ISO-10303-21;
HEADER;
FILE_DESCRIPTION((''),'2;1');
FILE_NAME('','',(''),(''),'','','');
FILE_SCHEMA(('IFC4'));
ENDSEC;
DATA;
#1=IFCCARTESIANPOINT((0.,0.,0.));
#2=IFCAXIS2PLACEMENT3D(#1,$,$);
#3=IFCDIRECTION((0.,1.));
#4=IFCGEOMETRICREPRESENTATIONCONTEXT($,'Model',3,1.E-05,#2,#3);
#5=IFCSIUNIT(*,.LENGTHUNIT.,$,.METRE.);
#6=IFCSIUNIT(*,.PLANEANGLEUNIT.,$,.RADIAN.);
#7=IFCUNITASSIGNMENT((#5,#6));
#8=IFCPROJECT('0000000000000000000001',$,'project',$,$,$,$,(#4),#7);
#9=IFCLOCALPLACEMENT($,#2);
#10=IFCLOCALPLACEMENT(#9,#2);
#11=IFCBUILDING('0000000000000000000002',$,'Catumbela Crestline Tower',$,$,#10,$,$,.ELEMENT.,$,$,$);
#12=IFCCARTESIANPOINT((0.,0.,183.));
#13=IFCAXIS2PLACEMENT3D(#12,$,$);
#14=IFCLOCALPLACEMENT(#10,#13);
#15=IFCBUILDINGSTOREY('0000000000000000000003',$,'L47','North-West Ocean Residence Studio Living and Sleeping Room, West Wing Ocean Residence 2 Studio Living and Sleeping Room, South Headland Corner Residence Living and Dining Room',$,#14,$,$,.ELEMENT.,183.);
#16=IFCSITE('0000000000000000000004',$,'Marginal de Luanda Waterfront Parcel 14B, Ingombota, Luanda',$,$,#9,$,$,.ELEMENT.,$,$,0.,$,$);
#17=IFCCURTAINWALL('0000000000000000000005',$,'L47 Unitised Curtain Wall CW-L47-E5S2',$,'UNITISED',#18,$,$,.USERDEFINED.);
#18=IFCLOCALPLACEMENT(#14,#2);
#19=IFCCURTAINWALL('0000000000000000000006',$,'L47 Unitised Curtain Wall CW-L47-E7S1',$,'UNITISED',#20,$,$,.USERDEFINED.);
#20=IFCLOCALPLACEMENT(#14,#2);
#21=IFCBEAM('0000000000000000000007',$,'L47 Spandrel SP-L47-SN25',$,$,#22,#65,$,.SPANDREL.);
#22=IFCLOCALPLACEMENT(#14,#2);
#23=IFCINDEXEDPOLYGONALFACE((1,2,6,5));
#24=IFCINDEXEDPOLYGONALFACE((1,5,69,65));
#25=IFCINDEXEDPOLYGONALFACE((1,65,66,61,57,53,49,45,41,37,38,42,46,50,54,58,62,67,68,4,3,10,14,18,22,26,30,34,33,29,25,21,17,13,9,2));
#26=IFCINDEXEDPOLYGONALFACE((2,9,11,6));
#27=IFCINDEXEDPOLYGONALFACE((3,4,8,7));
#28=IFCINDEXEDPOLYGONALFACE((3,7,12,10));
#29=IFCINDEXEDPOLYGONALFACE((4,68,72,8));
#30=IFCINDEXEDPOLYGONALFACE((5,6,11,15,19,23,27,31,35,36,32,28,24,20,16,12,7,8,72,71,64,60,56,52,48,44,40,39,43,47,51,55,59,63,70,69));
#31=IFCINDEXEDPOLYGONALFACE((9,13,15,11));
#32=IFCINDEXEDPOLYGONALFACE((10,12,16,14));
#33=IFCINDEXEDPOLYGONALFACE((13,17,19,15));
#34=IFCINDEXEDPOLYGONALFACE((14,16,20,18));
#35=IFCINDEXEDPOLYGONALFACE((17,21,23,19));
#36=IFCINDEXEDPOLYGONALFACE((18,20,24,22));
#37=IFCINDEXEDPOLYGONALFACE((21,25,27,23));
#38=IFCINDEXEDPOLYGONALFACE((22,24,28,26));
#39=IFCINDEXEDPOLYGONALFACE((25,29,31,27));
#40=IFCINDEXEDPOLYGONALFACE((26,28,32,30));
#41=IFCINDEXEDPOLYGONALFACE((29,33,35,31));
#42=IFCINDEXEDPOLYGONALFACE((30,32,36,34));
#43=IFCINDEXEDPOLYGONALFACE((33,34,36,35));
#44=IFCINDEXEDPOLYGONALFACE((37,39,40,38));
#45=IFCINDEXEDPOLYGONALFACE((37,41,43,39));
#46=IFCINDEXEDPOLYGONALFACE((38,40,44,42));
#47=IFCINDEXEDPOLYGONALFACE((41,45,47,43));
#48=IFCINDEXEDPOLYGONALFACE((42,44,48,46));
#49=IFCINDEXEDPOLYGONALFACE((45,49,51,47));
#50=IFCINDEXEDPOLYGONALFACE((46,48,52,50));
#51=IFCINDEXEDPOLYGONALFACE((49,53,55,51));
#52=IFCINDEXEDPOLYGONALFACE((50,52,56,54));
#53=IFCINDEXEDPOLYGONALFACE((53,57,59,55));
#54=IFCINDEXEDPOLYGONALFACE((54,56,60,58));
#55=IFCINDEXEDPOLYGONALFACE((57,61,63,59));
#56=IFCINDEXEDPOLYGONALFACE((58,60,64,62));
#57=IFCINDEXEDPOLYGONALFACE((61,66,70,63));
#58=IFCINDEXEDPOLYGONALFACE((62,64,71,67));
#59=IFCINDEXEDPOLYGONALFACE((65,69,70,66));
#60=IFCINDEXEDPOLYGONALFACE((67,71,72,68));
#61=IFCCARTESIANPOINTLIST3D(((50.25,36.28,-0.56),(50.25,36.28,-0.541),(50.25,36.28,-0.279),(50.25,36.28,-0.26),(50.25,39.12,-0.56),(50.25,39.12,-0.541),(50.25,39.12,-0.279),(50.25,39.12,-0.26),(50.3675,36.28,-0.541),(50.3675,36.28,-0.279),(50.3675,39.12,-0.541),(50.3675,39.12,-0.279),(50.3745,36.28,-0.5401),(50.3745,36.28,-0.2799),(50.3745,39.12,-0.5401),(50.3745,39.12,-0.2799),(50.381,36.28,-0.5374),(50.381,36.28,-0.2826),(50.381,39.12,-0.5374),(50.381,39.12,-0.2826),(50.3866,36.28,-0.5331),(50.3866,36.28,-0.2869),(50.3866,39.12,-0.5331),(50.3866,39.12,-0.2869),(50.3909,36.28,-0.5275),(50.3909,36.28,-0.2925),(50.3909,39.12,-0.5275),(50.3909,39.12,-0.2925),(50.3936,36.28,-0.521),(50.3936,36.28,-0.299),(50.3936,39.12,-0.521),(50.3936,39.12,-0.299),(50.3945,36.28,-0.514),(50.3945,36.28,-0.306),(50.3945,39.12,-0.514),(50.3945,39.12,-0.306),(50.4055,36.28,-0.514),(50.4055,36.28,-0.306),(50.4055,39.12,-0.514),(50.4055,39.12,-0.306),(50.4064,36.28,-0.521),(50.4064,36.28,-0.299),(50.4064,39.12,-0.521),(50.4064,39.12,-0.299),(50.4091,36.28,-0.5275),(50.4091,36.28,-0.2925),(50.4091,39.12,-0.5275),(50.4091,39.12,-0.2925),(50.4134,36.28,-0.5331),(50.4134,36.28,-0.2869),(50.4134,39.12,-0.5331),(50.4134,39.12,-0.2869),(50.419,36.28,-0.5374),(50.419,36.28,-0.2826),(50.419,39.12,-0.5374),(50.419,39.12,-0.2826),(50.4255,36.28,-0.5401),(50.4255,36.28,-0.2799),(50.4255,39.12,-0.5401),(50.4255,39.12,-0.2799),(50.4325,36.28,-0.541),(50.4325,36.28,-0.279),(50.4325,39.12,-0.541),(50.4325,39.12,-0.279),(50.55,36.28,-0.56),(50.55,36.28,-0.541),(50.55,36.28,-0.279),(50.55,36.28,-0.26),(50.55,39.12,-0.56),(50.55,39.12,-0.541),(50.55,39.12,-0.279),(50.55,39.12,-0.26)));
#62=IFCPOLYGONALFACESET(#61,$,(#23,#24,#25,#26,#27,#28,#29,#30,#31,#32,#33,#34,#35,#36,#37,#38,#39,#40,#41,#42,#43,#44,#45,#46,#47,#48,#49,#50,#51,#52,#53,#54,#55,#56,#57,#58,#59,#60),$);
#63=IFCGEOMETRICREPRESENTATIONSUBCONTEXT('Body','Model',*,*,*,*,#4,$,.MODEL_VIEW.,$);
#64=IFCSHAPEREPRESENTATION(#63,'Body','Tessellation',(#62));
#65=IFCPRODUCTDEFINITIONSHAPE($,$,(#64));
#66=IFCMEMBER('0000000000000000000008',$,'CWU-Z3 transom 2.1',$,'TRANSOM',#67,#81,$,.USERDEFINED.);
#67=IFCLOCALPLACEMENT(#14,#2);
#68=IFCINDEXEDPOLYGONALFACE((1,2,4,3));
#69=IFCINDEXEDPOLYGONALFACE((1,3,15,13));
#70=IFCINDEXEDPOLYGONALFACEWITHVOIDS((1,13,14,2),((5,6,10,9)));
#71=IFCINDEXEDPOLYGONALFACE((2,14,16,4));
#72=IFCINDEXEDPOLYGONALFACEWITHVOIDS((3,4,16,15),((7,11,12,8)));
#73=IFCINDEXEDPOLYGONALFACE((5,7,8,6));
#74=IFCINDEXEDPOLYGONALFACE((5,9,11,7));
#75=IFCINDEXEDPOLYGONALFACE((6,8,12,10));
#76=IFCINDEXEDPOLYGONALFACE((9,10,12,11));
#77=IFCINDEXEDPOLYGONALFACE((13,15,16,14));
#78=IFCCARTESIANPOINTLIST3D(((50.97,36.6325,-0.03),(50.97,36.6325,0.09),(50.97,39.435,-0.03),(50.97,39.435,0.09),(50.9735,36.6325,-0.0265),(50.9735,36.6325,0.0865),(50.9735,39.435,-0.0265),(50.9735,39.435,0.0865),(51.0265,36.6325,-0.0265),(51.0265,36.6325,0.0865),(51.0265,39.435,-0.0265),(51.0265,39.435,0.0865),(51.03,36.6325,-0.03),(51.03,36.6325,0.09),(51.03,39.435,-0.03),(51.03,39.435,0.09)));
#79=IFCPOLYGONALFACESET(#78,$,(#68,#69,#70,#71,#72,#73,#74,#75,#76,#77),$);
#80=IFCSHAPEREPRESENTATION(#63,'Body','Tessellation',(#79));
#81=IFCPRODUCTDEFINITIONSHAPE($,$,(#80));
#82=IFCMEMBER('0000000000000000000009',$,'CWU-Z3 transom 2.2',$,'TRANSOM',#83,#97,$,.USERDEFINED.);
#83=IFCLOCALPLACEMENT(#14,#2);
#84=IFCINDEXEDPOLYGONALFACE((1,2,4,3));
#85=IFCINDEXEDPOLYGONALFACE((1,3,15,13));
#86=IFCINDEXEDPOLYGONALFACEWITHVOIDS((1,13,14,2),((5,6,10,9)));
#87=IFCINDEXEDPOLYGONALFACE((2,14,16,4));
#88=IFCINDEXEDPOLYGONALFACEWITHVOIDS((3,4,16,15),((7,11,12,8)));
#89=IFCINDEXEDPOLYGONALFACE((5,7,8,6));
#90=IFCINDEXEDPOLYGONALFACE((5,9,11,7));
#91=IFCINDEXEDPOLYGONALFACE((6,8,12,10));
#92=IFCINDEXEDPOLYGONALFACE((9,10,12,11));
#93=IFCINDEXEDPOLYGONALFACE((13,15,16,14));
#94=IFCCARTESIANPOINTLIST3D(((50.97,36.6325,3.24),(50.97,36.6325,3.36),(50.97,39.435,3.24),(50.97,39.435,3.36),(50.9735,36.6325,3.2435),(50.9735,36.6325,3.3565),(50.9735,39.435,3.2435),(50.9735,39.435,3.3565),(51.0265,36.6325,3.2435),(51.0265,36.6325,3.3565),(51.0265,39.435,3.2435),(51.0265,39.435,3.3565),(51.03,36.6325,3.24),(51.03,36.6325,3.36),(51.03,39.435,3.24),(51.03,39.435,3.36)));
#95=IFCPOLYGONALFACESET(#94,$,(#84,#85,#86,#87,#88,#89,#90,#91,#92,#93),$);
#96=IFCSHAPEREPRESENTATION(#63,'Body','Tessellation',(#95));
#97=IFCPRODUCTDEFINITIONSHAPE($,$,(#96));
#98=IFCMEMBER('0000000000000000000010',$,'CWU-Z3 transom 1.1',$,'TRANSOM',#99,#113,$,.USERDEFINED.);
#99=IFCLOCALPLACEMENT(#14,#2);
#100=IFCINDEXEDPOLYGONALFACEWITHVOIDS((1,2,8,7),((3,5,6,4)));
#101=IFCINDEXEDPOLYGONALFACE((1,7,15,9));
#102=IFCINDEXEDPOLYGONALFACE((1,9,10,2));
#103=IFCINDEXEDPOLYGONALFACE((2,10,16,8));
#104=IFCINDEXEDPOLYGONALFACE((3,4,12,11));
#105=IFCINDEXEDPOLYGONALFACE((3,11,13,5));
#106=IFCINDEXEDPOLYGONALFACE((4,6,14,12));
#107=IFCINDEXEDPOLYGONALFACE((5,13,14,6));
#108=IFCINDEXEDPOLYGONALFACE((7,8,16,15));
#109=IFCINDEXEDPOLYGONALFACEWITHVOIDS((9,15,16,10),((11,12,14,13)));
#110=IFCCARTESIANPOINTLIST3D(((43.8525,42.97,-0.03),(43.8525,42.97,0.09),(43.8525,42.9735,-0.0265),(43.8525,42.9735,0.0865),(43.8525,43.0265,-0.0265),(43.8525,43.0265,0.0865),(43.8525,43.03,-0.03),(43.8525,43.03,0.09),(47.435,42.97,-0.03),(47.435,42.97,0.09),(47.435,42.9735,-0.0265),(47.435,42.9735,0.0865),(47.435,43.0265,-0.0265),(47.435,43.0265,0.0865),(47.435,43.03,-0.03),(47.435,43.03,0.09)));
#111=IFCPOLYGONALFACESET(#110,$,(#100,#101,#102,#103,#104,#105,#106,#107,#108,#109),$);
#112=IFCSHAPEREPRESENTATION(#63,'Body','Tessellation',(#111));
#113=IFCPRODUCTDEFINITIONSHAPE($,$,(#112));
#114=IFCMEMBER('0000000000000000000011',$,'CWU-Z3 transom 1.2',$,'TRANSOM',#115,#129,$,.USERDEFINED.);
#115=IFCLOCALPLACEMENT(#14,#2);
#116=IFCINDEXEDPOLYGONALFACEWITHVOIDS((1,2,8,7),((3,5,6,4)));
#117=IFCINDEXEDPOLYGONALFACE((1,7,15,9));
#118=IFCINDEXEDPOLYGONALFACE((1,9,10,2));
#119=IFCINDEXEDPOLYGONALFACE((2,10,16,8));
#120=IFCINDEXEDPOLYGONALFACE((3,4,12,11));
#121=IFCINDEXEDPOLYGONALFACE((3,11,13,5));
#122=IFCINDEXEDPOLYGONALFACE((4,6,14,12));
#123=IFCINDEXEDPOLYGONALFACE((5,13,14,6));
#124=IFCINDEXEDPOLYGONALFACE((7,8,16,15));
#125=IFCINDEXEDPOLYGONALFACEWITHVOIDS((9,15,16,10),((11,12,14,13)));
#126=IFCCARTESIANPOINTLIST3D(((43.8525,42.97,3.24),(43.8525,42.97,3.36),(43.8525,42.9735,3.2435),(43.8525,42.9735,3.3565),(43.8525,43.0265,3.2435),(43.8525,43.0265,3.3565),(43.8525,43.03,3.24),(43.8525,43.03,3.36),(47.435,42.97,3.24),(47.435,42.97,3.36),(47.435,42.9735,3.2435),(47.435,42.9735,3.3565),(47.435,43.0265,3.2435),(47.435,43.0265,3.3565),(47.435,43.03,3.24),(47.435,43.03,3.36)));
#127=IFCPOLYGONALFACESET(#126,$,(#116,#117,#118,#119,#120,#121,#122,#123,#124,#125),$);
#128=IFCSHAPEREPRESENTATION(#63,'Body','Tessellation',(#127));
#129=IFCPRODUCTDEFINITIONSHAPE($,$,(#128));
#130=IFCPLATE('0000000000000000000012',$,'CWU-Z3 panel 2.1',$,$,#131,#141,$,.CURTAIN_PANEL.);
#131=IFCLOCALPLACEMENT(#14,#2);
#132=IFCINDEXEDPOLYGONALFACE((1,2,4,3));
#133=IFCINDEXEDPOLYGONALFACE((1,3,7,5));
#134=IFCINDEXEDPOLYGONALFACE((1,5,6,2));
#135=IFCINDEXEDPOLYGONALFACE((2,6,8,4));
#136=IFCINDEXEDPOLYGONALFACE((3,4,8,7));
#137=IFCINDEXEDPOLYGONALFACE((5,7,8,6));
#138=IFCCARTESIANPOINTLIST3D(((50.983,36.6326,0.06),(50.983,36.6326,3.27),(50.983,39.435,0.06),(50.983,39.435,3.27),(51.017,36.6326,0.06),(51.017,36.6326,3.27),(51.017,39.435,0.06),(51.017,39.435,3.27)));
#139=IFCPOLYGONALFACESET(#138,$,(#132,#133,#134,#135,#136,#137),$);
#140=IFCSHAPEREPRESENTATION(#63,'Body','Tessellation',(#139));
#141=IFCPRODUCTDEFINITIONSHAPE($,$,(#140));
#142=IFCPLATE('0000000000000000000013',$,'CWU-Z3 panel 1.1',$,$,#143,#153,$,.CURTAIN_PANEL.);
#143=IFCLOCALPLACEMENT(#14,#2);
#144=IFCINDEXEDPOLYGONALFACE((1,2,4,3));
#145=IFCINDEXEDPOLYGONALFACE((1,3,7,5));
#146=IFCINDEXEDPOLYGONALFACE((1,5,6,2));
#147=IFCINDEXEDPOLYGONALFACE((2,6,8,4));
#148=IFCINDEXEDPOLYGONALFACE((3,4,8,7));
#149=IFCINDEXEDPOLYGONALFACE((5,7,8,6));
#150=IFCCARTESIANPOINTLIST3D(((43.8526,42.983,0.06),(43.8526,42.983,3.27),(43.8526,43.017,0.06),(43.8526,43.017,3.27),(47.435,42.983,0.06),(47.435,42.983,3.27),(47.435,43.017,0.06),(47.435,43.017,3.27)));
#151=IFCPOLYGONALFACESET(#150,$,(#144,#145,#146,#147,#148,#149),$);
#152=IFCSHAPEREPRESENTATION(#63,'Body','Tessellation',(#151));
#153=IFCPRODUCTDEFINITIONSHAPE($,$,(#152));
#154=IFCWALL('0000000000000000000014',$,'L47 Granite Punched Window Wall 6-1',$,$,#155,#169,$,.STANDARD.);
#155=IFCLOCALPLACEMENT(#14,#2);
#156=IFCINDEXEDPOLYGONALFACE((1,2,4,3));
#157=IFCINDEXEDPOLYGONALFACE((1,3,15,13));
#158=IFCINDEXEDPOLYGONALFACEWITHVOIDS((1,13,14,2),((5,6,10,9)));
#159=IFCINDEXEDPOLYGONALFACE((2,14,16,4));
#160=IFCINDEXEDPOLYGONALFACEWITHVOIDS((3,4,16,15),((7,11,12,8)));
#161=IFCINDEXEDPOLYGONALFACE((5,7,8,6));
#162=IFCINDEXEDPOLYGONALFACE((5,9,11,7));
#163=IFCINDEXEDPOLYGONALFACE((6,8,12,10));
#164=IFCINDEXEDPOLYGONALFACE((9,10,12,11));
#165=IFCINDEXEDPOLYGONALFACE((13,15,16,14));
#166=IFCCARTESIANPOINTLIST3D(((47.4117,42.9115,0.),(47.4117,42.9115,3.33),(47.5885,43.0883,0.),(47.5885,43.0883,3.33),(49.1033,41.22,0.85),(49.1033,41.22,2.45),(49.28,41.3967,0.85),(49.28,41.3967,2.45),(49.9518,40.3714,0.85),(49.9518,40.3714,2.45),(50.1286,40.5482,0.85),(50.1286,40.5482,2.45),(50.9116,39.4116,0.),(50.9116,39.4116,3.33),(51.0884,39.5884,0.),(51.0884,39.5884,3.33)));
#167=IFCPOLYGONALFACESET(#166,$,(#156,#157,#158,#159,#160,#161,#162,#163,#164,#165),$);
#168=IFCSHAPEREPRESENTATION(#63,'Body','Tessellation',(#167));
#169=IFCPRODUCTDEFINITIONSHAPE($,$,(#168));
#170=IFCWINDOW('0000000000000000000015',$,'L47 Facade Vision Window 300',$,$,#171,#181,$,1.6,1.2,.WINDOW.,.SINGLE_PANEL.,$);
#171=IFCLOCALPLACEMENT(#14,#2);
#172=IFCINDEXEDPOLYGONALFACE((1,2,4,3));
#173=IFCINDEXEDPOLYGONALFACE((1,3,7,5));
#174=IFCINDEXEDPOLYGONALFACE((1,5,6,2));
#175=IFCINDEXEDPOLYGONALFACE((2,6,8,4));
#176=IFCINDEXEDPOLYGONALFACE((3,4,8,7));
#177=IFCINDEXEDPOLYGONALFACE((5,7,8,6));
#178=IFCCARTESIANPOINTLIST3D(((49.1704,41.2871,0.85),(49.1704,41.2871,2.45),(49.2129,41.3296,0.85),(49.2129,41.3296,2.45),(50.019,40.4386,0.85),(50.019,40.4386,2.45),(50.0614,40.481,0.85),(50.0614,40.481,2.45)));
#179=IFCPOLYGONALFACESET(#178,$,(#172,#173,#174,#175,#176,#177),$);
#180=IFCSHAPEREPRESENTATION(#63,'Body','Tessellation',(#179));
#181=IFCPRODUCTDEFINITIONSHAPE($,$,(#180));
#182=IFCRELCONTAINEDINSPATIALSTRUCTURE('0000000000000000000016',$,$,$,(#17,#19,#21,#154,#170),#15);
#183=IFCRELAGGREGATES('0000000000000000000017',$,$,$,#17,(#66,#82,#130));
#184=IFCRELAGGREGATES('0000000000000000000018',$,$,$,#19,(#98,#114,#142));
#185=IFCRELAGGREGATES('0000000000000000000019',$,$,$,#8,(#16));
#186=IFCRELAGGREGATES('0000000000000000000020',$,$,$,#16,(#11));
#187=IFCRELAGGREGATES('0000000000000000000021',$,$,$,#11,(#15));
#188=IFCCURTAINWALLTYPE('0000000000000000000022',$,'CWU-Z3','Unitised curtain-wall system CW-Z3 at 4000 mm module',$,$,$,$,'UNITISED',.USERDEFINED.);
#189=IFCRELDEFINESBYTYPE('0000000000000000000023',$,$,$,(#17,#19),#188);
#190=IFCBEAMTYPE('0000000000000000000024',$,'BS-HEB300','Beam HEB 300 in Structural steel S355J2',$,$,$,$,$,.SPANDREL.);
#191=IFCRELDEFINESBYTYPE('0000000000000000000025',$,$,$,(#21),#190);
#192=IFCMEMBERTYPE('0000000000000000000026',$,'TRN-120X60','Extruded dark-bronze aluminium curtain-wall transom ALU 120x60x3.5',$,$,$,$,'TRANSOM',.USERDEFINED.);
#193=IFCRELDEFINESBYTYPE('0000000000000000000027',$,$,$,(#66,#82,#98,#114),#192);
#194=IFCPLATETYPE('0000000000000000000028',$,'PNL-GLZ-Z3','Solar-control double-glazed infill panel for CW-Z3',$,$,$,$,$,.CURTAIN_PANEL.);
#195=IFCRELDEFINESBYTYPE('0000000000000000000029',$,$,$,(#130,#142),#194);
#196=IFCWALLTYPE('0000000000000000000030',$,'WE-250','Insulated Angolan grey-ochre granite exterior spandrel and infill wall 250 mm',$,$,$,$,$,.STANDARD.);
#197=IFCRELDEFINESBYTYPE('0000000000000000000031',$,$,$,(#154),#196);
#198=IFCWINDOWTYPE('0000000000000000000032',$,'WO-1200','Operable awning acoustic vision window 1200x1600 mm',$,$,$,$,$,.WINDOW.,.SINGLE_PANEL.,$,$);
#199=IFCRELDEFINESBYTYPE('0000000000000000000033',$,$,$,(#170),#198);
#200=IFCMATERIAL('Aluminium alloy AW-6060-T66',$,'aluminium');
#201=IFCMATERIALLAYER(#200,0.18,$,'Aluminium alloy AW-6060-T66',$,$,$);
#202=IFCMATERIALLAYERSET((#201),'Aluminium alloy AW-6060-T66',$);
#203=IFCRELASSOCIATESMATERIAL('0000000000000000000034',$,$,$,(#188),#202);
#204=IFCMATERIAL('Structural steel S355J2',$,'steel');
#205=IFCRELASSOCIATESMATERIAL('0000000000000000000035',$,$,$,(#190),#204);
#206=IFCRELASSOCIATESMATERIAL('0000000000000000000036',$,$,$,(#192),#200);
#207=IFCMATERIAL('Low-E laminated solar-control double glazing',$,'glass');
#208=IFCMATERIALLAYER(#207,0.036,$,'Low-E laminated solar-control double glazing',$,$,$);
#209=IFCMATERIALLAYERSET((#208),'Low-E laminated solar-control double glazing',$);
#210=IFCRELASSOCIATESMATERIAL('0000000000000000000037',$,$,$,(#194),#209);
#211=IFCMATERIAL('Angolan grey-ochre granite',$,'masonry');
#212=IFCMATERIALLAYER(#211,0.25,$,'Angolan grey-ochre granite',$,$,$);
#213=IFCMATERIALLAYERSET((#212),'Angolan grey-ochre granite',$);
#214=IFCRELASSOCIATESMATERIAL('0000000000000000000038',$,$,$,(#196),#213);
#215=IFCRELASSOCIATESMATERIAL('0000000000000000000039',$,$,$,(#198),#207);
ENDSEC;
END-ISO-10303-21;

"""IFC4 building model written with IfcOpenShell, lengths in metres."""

from ifc_helpers import new_model, si_unit, direction, frame, frame_2d, origin, origin_2d, place, context, subcontext, project, spatial, rectangle, hollow_rectangle, i_section, extrude, material, layer, layer_set, material_profile, profile_set, type_object, element, fill, aggregate, save


model = new_model("IFC4")

# Units and contexts
model_context = context("Model", 3, precision=1e-05, world=origin(), true_north=direction((0.0, 1.0)))
body_context = subcontext(model_context, "Body", "Model", "MODEL_VIEW")
ifc_project = project(units=[si_unit("LENGTHUNIT", "METRE"), si_unit("PLANEANGLEUNIT", "RADIAN")], contexts=[model_context])

# Site, building, storey
site_placement = place(None, origin())
site = spatial("IfcSite", under=ifc_project, at=site_placement, Name="Marginal de Luanda Waterfront Parcel 14B, Ingombota, Luanda", CompositionType="ELEMENT", RefElevation=0.0)
building_placement = place(site_placement, origin())
building = spatial("IfcBuilding", under=site, at=building_placement, Name="Catumbela Crestline Tower", CompositionType="ELEMENT")
storey_placement = place(building_placement, frame((0.0, 0.0, 183.0)))
storey = spatial("IfcBuildingStorey", under=building, at=storey_placement, Name="L47", Description="North-West Ocean Residence Studio Living and Sleeping Room, West Wing Ocean Residence 2 Studio Living and Sleeping Room, South Headland Corner Residence Living and Dining Room", CompositionType="ELEMENT", Elevation=183.0)

# Shared definitions
ifc_material_1 = material(Name="Structural steel S355J2", Category="steel")

# Curtain wall
ifc_material_2 = material(Name="Aluminium alloy AW-6060-T66", Category="aluminium")
ifc_layer_1 = layer(ifc_material_2, 0.18, Name="Aluminium alloy AW-6060-T66")
ifc_layer_set_1 = layer_set([ifc_layer_1], Name="Aluminium alloy AW-6060-T66")
curtain_wall_type = type_object("IfcCurtainWallType", Name="CWU-Z3", Description="Unitised curtain-wall system CW-Z3 at 4000 mm module", ElementType="UNITISED", PredefinedType="USERDEFINED", material=ifc_layer_set_1)
curtain_wall_1_placement = place(storey_placement, origin())
curtain_wall_1 = element("IfcCurtainWall", 1, at=curtain_wall_1_placement, inside=storey, type_object=curtain_wall_type, Name="L47 Unitised Curtain Wall CW-L47-E5S2", ObjectType="UNITISED", PredefinedType="USERDEFINED")

# Curtain wall
curtain_wall_2_placement = place(storey_placement, origin())
curtain_wall_2 = element("IfcCurtainWall", 2, at=curtain_wall_2_placement, inside=storey, type_object=curtain_wall_type, Name="L47 Unitised Curtain Wall CW-L47-E7S1", ObjectType="UNITISED", PredefinedType="USERDEFINED")

# Beam
ifc_material_profile_1 = material_profile(ifc_material_1, i_section(OverallWidth=0.3, OverallDepth=0.3, WebThickness=0.011, FlangeThickness=0.019, FilletRadius=0.027, at=origin_2d()), Name="HEB 300")
ifc_profile_set_1 = profile_set([ifc_material_profile_1], Name="Structural steel S355J2")
beam_type = type_object("IfcBeamType", Name="BS-HEB300", Description="Beam HEB 300 in Structural steel S355J2", PredefinedType="SPANDREL", material=ifc_profile_set_1)
beam_1_placement = place(storey_placement, frame((50.4, 36.28, -0.41), z_axis=(0.0, 1.0, 0.0), x_axis=(-1.0, 0.0, 0.0)))
element("IfcBeam", 3, at=beam_1_placement, inside=storey, type_object=beam_type, Name="L47 Spandrel SP-L47-SN25", PredefinedType="SPANDREL", context=body_context, shape_type="SweptSolid", body=[
    extrude(i_section(OverallWidth=0.3, OverallDepth=0.3, WebThickness=0.011, FlangeThickness=0.019, FilletRadius=0.027, at=origin_2d()), origin(), (0.0, 0.0, 1.0), 2.84),
])

# Members
ifc_material_profile_2 = material_profile(ifc_material_2, hollow_rectangle(XDim=0.06, YDim=0.12, WallThickness=0.0035, at=origin_2d()), Name="ALU 120x60x3.5")
ifc_profile_set_2 = profile_set([ifc_material_profile_2], Name="Aluminium alloy AW-6060-T66")
member_type_1 = type_object("IfcMemberType", Name="TRN-120X60", Description="Extruded dark-bronze aluminium curtain-wall transom ALU 120x60x3.5", ElementType="TRANSOM", PredefinedType="USERDEFINED", material=ifc_profile_set_2)
member_1_placement = place(storey_placement, frame((51.0, 36.6325, 0.03), z_axis=(0.0, 1.0, 0.0), x_axis=(-1.0, 0.0, 0.0)))
member_1 = element("IfcMember", 4, at=member_1_placement, type_object=member_type_1, Name="CWU-Z3 transom 2.1", ObjectType="TRANSOM", PredefinedType="USERDEFINED", context=body_context, shape_type="SweptSolid", body=[
    extrude(hollow_rectangle(XDim=0.06, YDim=0.12, WallThickness=0.0035, at=origin_2d()), origin(), (0.0, 0.0, 1.0), 2.8025),
])
member_2_placement = place(storey_placement, frame((51.0, 36.6325, 3.3), z_axis=(0.0, 1.0, 0.0), x_axis=(-1.0, 0.0, 0.0)))
member_2 = element("IfcMember", 5, at=member_2_placement, type_object=member_type_1, Name="CWU-Z3 transom 2.2", ObjectType="TRANSOM", PredefinedType="USERDEFINED", context=body_context, shape_type="SweptSolid", body=[
    extrude(hollow_rectangle(XDim=0.06, YDim=0.12, WallThickness=0.0035, at=origin_2d()), origin(), (0.0, 0.0, 1.0), 2.8025),
])
member_3_placement = place(storey_placement, frame((47.435, 43.0, 0.03), z_axis=(-1.0, 0.0, 0.0), x_axis=(0.0, -1.0, 0.0)))
member_3 = element("IfcMember", 6, at=member_3_placement, type_object=member_type_1, Name="CWU-Z3 transom 1.1", ObjectType="TRANSOM", PredefinedType="USERDEFINED", context=body_context, shape_type="SweptSolid", body=[
    extrude(hollow_rectangle(XDim=0.06, YDim=0.12, WallThickness=0.0035, at=origin_2d()), origin(), (0.0, 0.0, 1.0), 3.5825),
])
member_4_placement = place(storey_placement, frame((47.435, 43.0, 3.3), z_axis=(-1.0, 0.0, 0.0), x_axis=(0.0, -1.0, 0.0)))
member_4 = element("IfcMember", 7, at=member_4_placement, type_object=member_type_1, Name="CWU-Z3 transom 1.2", ObjectType="TRANSOM", PredefinedType="USERDEFINED", context=body_context, shape_type="SweptSolid", body=[
    extrude(hollow_rectangle(XDim=0.06, YDim=0.12, WallThickness=0.0035, at=origin_2d()), origin(), (0.0, 0.0, 1.0), 3.5825),
])

# Plates
ifc_material_3 = material(Name="Low-E laminated solar-control double glazing", Category="glass")
ifc_layer_2 = layer(ifc_material_3, 0.036, Name="Low-E laminated solar-control double glazing")
ifc_layer_set_2 = layer_set([ifc_layer_2], Name="Low-E laminated solar-control double glazing")
plate_type = type_object("IfcPlateType", Name="PNL-GLZ-Z3", Description="Solar-control double-glazed infill panel for CW-Z3", PredefinedType="CURTAIN_PANEL", material=ifc_layer_set_2)
plate_1_placement = place(storey_placement, frame((51.0, 38.0338, 0.06), z_axis=(0.0, 0.0, 1.0), x_axis=(0.0, 1.0, 0.0)))
plate_1 = element("IfcPlate", 8, at=plate_1_placement, type_object=plate_type, Name="CWU-Z3 panel 2.1", PredefinedType="CURTAIN_PANEL", context=body_context, shape_type="SweptSolid", body=[
    extrude(rectangle(XDim=2.8025, YDim=0.034, at=origin_2d()), origin(), (0.0, 0.0, 1.0), 3.21),
])
aggregate(curtain_wall_1, [member_1, member_2, plate_1])
plate_2_placement = place(storey_placement, frame((45.6438, 43.0, 0.06), z_axis=(0.0, 0.0, 1.0), x_axis=(-1.0, 0.0, 0.0)))
plate_2 = element("IfcPlate", 9, at=plate_2_placement, type_object=plate_type, Name="CWU-Z3 panel 1.1", PredefinedType="CURTAIN_PANEL", context=body_context, shape_type="SweptSolid", body=[
    extrude(rectangle(XDim=3.5825, YDim=0.034, at=origin_2d()), origin(), (0.0, 0.0, 1.0), 3.21),
])
aggregate(curtain_wall_2, [member_3, member_4, plate_2])

# Wall, opening, window
ifc_material_4 = material(Name="Angolan grey-ochre granite", Category="masonry")
ifc_layer_3 = layer(ifc_material_4, 0.25, Name="Angolan grey-ochre granite")
ifc_layer_set_3 = layer_set([ifc_layer_3], Name="Angolan grey-ochre granite")
wall_type_1 = type_object("IfcWallType", Name="WE-250", Description="Insulated Angolan grey-ochre granite exterior spandrel and infill wall 250 mm", PredefinedType="STANDARD", material=ifc_layer_set_3)
wall_1_placement = place(storey_placement, frame((51.0, 39.5, 0.0), z_axis=(0.0, 0.0, 1.0), x_axis=(-0.707107, 0.707107, 0.0)))
wall_1 = element("IfcWall", 10, at=wall_1_placement, inside=storey, type_object=wall_type_1, Name="L47 Granite Punched Window Wall 6-1", PredefinedType="STANDARD", context=body_context, shape_type="SweptSolid", body=[
    extrude(rectangle(XDim=4.9497, YDim=0.25, at=frame_2d((2.4748, 0.0))), origin(), (0.0, 0.0, 1.0), 3.33),
])
opening_1_placement = place(wall_1_placement, frame((1.3574, 0.0, 0.85)))
opening_1 = element("IfcOpeningElement", 11, at=opening_1_placement, cuts=wall_1, PredefinedType="OPENING", context=body_context, shape_type="SweptSolid", body=[
    extrude(rectangle(XDim=1.2, YDim=1.6, at=frame_2d((0.6, 0.8))), frame((0.0, 0.135, 0.0), z_axis=(0.0, -1.0, 0.0), x_axis=(1.0, 0.0, 0.0)), (0.0, 0.0, 1.0), 0.27),
])
window_type = type_object("IfcWindowType", Name="WO-1200", Description="Operable awning acoustic vision window 1200x1600 mm", PartitioningType="SINGLE_PANEL", PredefinedType="WINDOW", material=ifc_material_3)
window_placement = place(opening_1_placement, origin())
window = element("IfcWindow", 12, at=window_placement, inside=storey, type_object=window_type, Name="L47 Facade Vision Window 300", OverallHeight=1.6, OverallWidth=1.2, PartitioningType="SINGLE_PANEL", PredefinedType="WINDOW", context=body_context, shape_type="SweptSolid", body=[
    extrude(rectangle(XDim=1.2, YDim=1.6, at=frame_2d((0.6, 0.8))), frame((0.0, 0.03, 0.0), z_axis=(0.0, -1.0, 0.0), x_axis=(1.0, 0.0, 0.0)), (0.0, 0.0, 1.0), 0.06),
])
fill(opening_1, window)

save(model, "model.ifc")
